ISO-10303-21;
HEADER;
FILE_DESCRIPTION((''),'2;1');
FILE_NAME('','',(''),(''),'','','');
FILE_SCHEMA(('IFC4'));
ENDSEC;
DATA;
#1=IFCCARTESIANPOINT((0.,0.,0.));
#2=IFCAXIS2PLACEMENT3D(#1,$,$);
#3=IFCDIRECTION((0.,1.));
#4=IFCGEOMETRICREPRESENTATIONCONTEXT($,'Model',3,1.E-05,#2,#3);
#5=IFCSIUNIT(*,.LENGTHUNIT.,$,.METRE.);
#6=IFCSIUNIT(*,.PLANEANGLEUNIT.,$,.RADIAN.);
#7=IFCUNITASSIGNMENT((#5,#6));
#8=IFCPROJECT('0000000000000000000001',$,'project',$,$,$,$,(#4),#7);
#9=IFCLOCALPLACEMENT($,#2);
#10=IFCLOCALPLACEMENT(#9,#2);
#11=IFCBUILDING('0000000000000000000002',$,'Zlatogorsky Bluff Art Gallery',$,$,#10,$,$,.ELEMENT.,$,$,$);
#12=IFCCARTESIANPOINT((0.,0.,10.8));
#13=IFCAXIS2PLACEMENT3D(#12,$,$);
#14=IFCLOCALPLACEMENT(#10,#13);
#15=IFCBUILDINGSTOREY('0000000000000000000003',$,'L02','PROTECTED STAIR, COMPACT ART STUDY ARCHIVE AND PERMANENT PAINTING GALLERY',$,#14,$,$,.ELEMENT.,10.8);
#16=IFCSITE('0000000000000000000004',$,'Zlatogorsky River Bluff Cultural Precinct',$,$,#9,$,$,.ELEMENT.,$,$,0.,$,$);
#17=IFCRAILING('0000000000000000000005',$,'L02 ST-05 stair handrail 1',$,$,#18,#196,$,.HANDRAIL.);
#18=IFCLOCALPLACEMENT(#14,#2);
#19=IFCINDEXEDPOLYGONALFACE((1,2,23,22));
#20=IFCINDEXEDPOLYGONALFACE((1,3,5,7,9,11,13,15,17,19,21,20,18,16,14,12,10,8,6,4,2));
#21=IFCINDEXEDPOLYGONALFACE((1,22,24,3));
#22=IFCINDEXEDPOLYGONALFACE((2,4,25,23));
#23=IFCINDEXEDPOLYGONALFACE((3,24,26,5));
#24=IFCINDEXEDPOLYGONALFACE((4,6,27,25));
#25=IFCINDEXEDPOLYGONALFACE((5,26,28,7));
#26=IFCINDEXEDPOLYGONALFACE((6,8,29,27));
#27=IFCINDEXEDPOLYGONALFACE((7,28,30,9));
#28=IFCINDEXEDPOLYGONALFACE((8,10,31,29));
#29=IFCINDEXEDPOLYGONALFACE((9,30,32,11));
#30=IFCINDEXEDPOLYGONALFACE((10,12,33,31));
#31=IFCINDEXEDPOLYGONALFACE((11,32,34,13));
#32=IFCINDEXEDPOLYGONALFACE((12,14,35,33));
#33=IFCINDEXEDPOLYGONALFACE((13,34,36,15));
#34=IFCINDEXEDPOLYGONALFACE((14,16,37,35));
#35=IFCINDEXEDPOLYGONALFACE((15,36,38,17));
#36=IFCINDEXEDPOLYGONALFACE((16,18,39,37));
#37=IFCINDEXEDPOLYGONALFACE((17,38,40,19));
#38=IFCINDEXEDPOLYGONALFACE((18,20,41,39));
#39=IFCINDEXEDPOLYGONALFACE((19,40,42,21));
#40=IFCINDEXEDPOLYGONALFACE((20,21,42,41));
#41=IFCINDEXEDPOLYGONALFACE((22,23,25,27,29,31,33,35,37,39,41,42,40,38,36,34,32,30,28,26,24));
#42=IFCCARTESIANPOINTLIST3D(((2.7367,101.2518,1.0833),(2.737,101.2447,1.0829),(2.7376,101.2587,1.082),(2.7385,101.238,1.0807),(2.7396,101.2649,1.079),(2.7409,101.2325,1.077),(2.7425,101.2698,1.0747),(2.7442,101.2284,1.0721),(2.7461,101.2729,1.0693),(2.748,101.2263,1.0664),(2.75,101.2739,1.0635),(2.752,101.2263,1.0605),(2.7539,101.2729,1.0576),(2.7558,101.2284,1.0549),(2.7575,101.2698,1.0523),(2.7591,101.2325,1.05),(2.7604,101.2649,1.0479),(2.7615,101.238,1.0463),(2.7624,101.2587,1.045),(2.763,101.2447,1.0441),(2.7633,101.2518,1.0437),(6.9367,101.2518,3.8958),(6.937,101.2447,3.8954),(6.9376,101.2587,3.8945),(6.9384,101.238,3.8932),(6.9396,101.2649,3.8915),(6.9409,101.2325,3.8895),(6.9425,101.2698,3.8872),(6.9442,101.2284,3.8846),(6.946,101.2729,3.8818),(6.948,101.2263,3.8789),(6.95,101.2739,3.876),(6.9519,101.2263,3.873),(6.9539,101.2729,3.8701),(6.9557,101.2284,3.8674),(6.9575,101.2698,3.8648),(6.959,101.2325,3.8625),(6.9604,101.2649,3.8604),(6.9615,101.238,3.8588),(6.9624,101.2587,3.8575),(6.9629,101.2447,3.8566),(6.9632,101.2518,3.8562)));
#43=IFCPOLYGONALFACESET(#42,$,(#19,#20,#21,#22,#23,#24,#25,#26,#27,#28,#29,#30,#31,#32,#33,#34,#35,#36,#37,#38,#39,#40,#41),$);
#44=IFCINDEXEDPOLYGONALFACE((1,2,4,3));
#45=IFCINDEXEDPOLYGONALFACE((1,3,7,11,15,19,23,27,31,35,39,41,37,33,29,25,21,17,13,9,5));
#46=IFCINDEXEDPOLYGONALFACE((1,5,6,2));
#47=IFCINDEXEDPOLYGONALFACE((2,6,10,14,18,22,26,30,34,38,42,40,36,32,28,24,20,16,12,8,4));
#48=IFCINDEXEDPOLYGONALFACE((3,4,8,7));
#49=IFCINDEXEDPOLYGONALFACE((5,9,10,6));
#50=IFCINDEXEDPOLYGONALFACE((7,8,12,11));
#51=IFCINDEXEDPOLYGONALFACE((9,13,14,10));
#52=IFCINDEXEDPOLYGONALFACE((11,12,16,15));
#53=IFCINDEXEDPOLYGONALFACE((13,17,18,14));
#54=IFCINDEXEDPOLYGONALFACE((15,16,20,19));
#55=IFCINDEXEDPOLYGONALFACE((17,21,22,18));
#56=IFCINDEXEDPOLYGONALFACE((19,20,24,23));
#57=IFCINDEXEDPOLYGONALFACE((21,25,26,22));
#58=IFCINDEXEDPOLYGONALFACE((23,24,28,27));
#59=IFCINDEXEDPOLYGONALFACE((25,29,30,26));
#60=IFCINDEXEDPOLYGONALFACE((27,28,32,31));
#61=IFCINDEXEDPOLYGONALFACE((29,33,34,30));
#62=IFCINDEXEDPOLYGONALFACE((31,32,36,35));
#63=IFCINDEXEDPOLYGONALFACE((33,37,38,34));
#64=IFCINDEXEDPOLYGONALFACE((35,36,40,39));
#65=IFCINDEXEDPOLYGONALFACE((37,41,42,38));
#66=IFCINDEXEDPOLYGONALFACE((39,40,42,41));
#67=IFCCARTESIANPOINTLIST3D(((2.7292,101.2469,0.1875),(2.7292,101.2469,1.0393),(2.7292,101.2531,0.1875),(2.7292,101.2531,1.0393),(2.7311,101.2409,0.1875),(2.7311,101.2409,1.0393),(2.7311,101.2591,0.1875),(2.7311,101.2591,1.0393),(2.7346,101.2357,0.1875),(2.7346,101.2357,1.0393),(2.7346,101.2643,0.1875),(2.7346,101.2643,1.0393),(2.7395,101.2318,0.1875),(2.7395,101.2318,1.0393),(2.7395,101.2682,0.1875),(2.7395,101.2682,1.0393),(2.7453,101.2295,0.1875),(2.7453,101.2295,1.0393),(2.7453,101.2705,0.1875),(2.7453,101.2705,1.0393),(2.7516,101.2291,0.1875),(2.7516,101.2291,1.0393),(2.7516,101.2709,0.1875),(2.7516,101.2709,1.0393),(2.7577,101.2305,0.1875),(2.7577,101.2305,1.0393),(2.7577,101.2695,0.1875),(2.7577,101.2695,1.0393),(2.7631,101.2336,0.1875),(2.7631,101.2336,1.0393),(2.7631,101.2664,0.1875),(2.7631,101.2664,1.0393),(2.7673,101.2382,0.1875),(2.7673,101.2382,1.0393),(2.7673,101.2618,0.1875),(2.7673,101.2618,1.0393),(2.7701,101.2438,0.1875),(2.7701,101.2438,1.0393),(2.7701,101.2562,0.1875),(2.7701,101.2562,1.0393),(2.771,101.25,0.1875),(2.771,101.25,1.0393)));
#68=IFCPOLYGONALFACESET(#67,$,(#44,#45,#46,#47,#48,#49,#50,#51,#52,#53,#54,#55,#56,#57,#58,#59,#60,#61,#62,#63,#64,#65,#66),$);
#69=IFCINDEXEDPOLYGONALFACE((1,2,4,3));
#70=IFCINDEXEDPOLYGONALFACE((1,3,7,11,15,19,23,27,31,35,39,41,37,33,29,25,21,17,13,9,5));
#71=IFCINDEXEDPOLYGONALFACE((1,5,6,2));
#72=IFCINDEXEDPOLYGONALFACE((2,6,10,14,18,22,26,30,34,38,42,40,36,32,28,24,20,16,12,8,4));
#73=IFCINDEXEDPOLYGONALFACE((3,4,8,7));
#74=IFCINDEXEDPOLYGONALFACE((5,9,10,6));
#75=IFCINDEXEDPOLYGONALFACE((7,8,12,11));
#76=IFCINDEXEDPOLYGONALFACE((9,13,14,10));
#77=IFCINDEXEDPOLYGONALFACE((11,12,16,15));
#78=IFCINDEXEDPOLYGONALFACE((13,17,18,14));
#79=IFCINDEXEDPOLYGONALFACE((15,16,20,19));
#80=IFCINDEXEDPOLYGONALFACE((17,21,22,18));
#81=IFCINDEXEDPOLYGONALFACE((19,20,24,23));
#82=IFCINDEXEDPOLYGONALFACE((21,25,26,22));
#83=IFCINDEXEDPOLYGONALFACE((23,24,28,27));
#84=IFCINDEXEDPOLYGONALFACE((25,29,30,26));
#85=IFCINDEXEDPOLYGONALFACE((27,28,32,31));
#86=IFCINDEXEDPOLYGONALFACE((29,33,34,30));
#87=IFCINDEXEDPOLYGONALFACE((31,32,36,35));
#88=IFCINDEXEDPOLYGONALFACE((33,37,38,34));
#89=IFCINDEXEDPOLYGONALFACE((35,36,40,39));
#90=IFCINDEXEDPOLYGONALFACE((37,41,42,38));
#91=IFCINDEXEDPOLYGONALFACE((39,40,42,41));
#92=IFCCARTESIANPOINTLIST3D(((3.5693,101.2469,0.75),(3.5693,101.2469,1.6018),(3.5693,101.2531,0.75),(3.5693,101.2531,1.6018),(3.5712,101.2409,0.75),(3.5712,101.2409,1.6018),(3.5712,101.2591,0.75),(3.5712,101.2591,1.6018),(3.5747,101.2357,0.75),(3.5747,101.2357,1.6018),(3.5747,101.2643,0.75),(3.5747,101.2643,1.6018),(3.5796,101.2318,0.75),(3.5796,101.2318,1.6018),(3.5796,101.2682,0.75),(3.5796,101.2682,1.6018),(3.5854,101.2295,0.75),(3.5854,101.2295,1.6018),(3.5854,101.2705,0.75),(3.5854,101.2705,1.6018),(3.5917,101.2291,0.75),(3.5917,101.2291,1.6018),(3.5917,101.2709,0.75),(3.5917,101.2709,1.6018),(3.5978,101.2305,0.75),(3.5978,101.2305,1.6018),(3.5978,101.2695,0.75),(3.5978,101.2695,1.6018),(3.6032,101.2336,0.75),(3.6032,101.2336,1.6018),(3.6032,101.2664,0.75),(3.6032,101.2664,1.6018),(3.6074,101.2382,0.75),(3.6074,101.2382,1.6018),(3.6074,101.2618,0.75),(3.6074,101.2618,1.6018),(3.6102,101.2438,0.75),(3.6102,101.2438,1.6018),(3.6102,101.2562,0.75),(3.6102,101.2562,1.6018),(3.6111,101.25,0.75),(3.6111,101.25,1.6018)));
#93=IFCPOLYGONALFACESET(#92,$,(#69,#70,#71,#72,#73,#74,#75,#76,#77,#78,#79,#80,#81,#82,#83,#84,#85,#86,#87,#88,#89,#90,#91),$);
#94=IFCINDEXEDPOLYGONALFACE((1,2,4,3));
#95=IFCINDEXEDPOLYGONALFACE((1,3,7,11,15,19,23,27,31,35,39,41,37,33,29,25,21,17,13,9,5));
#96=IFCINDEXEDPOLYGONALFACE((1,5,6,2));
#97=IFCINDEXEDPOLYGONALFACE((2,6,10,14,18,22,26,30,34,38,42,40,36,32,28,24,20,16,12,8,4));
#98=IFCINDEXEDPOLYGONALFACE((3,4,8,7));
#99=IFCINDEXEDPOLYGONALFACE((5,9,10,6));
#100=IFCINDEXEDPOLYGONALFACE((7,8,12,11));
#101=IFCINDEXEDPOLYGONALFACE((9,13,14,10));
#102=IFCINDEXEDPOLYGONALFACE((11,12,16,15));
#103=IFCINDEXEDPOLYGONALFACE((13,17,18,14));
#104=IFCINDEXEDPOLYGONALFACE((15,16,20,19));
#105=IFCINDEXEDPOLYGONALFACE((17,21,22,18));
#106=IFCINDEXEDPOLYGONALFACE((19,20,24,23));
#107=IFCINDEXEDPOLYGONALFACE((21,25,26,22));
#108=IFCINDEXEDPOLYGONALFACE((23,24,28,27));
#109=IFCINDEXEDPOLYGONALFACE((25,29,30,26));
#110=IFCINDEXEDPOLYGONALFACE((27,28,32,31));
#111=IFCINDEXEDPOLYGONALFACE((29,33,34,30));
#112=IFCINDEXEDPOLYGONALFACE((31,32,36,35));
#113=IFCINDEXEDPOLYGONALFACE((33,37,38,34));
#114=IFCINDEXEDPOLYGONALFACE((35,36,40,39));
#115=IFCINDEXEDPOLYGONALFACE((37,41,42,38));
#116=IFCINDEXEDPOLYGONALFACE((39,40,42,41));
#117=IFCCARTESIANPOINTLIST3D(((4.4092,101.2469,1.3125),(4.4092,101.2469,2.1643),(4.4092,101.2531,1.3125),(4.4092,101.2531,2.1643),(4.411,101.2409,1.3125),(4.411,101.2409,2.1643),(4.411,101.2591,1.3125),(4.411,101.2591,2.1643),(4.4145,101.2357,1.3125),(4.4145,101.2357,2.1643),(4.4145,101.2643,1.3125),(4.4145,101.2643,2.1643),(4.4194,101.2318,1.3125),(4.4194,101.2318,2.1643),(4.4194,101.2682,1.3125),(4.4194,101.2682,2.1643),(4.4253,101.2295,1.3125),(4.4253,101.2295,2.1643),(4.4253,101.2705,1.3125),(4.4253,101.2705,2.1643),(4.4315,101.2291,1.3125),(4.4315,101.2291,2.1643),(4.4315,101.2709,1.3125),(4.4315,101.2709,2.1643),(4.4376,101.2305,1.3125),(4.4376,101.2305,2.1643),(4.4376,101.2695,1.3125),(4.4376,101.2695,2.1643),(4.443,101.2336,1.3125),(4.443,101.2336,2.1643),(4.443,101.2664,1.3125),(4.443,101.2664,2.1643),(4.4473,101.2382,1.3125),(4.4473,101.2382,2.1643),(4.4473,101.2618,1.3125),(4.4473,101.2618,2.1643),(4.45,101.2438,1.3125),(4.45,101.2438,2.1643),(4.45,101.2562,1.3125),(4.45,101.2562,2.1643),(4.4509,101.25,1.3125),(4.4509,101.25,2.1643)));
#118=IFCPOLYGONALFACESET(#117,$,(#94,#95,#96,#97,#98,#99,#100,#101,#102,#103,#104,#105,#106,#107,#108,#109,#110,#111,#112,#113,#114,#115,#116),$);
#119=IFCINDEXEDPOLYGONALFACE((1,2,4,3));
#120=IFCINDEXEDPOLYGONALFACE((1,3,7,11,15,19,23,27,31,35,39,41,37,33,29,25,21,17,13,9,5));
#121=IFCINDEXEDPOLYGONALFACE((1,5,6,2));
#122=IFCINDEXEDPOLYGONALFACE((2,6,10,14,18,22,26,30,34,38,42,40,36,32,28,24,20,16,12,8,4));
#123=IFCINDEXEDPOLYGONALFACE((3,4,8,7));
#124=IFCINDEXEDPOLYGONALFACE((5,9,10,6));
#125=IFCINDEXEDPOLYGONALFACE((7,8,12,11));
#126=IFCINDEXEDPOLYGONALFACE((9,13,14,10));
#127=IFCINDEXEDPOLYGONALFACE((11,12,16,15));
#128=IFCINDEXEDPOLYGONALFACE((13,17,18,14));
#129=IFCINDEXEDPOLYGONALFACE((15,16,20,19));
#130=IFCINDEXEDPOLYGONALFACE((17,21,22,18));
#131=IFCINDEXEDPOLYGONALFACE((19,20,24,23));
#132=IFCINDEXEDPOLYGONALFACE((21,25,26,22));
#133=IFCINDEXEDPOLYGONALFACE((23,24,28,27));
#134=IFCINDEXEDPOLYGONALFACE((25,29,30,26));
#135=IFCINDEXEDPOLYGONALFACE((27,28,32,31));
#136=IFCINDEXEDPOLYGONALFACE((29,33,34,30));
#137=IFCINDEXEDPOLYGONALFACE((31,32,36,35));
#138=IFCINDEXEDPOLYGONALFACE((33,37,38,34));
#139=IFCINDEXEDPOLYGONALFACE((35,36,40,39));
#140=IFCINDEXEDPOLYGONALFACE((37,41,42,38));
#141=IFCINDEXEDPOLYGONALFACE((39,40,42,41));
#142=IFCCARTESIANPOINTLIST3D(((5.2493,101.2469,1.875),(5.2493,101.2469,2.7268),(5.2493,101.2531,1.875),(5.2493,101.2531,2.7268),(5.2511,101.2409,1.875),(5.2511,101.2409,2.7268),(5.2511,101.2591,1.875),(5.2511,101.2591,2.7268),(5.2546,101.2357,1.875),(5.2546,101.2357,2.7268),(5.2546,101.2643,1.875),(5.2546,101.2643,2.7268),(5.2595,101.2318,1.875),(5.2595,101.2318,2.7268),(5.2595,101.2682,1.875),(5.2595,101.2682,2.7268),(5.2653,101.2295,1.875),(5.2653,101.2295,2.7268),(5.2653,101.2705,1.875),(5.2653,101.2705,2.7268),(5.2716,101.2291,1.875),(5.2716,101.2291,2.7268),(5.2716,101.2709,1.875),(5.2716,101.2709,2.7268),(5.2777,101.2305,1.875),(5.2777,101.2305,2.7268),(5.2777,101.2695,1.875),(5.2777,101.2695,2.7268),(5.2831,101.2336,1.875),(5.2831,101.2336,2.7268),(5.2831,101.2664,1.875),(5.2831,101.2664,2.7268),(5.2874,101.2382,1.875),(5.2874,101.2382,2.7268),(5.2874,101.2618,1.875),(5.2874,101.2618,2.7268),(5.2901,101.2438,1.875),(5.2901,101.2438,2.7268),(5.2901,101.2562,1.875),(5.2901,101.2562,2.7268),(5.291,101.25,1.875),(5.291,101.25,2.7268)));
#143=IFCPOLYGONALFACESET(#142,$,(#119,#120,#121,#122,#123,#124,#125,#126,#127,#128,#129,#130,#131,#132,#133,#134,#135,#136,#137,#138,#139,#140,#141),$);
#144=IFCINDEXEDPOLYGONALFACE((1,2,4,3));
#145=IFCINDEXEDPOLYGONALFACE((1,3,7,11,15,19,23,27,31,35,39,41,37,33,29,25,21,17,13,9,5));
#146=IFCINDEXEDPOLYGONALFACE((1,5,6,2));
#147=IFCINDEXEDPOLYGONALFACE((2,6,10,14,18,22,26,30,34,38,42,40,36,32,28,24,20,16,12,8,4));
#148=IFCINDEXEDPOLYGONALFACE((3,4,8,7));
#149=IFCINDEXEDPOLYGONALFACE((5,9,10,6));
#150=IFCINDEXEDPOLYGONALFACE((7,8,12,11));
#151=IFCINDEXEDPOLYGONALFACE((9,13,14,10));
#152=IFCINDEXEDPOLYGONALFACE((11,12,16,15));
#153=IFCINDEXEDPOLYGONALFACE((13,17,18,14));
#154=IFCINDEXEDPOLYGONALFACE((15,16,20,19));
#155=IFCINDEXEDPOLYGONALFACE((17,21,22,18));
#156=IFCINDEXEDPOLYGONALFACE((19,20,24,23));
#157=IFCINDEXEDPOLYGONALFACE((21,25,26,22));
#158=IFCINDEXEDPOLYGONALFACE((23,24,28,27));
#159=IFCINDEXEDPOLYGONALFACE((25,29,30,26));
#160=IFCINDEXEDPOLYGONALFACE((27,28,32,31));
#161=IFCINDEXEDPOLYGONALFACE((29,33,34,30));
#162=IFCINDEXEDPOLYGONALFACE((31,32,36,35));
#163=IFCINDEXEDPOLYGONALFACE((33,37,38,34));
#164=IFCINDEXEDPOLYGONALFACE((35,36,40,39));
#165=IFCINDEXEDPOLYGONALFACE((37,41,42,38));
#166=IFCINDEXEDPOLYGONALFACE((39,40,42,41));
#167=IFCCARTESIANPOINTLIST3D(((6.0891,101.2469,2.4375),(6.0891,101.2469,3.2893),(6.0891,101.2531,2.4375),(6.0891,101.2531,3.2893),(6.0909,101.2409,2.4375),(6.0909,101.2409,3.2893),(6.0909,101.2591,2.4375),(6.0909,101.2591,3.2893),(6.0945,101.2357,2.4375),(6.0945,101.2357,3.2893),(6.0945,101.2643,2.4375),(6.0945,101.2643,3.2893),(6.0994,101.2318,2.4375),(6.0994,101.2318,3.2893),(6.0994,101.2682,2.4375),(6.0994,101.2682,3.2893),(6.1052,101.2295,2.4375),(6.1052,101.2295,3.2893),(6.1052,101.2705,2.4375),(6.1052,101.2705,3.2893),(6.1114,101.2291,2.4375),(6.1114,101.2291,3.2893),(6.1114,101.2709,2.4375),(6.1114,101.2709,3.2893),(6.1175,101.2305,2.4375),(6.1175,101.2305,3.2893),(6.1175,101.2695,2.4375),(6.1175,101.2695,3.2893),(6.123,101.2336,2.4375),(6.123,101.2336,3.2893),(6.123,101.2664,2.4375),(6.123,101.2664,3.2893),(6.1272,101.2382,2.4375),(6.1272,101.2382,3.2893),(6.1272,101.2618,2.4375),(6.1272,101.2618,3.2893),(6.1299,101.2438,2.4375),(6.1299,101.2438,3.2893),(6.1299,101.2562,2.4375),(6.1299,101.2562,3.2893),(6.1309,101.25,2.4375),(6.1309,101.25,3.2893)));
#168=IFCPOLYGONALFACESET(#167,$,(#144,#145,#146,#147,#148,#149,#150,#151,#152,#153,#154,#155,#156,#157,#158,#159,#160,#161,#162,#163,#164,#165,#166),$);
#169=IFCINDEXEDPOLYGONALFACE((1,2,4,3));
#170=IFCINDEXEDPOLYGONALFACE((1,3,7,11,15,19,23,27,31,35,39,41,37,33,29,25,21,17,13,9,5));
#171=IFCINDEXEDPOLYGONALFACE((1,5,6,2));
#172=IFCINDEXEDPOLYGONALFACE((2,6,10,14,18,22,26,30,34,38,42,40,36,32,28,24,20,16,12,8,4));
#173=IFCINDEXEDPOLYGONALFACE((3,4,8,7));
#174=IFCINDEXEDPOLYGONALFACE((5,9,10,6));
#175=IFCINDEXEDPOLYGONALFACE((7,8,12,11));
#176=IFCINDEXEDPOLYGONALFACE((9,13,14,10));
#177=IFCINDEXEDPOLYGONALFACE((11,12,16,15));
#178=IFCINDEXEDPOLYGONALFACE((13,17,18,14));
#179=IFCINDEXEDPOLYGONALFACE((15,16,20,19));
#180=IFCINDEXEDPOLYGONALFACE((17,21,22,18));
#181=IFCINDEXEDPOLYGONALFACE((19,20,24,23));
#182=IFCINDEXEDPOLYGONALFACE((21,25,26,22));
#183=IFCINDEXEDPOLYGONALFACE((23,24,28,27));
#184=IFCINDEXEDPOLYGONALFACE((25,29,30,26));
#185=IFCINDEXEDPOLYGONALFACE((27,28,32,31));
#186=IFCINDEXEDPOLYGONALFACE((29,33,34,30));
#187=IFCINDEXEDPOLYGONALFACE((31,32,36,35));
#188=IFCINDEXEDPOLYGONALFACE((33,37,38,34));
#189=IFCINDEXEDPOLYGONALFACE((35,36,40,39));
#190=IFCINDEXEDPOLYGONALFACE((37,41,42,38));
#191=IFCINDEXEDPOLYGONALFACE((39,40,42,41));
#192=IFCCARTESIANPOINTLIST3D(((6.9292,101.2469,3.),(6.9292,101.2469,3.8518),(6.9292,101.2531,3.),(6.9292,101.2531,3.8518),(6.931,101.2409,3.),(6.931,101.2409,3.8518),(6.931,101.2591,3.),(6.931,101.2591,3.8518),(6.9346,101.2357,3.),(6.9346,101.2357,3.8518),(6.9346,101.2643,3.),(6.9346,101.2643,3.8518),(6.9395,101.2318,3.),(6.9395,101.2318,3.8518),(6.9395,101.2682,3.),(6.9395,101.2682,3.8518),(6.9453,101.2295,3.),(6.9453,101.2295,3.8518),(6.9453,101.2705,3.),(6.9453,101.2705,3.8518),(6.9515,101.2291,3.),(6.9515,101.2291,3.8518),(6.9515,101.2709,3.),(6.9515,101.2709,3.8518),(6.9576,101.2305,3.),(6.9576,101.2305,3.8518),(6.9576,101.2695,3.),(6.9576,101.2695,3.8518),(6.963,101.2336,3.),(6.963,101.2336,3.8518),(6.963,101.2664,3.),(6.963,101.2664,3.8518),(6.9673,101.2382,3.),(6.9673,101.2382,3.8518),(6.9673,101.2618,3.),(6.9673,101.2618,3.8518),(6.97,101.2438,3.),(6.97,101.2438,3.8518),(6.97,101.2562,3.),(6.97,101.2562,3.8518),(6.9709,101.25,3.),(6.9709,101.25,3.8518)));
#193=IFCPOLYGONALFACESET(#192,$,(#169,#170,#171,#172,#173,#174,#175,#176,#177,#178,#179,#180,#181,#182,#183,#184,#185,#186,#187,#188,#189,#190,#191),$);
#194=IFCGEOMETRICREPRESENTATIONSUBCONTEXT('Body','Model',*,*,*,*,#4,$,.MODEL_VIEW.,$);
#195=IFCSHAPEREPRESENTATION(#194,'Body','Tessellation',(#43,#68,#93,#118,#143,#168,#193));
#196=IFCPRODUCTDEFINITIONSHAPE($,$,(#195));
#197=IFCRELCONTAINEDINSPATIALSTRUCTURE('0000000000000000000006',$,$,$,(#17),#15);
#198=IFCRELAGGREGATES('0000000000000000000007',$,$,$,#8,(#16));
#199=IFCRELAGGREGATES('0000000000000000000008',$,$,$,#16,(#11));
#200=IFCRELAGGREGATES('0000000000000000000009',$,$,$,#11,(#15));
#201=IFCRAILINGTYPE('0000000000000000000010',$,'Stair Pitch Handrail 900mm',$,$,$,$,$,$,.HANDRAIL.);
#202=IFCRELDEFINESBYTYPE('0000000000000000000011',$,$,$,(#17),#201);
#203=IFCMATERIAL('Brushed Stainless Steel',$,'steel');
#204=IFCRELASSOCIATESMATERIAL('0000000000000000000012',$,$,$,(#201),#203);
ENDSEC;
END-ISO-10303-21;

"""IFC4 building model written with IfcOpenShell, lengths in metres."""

from ifc_helpers import new_model, si_unit, direction, frame, origin, origin_2d, place, context, subcontext, project, spatial, circle, extrude, material, type_object, element, save


model = new_model("IFC4")

# Units and contexts
model_context = context("Model", 3, precision=1e-05, world=origin(), true_north=direction((0.0, 1.0)))
body_context = subcontext(model_context, "Body", "Model", "MODEL_VIEW")
ifc_project = project(units=[si_unit("LENGTHUNIT", "METRE"), si_unit("PLANEANGLEUNIT", "RADIAN")], contexts=[model_context])

# Site, building, storey
site_placement = place(None, origin())
site = spatial("IfcSite", under=ifc_project, at=site_placement, Name="Zlatogorsky River Bluff Cultural Precinct", CompositionType="ELEMENT", RefElevation=0.0)
building_placement = place(site_placement, origin())
building = spatial("IfcBuilding", under=site, at=building_placement, Name="Zlatogorsky Bluff Art Gallery", CompositionType="ELEMENT")
storey_placement = place(building_placement, frame((0.0, 0.0, 10.8)))
storey = spatial("IfcBuildingStorey", under=building, at=storey_placement, Name="L02", Description="PROTECTED STAIR, COMPACT ART STUDY ARCHIVE AND PERMANENT PAINTING GALLERY", CompositionType="ELEMENT", Elevation=10.8)

# Railing
ifc_material_1 = material(Name="Brushed Stainless Steel", Category="steel")
railing_type_1 = type_object("IfcRailingType", Name="Stair Pitch Handrail 900mm", PredefinedType="HANDRAIL", material=ifc_material_1)
railing_1_placement = place(storey_placement, frame((2.75, 101.25, 0.1875)))
element("IfcRailing", 1, at=railing_1_placement, inside=storey, type_object=railing_type_1, Name="L02 ST-05 stair handrail 1", PredefinedType="HANDRAIL", context=body_context, shape_type="SweptSolid", body=[
    extrude(circle(Radius=0.0239, at=origin_2d()), frame((0.0, 0.0, 0.876), z_axis=(0.830904, 0.0, 0.556416), x_axis=(0.0, 1.0, 0.0)), (0.0, 0.0, 1.0), 5.0547),
    extrude(circle(Radius=0.021, at=origin_2d()), origin(), (0.0, 0.0, 1.0), 0.8518),
    extrude(circle(Radius=0.021, at=origin_2d()), frame((0.8401, 0.0, 0.5625)), (0.0, 0.0, 1.0), 0.8518),
    extrude(circle(Radius=0.021, at=origin_2d()), frame((1.6799, 0.0, 1.125)), (0.0, 0.0, 1.0), 0.8518),
    extrude(circle(Radius=0.021, at=origin_2d()), frame((2.52, 0.0, 1.6875)), (0.0, 0.0, 1.0), 0.8518),
    extrude(circle(Radius=0.021, at=origin_2d()), frame((3.3599, 0.0, 2.25)), (0.0, 0.0, 1.0), 0.8518),
    extrude(circle(Radius=0.021, at=origin_2d()), frame((4.2, 0.0, 2.8125)), (0.0, 0.0, 1.0), 0.8518),
])

save(model, "model.ifc")
